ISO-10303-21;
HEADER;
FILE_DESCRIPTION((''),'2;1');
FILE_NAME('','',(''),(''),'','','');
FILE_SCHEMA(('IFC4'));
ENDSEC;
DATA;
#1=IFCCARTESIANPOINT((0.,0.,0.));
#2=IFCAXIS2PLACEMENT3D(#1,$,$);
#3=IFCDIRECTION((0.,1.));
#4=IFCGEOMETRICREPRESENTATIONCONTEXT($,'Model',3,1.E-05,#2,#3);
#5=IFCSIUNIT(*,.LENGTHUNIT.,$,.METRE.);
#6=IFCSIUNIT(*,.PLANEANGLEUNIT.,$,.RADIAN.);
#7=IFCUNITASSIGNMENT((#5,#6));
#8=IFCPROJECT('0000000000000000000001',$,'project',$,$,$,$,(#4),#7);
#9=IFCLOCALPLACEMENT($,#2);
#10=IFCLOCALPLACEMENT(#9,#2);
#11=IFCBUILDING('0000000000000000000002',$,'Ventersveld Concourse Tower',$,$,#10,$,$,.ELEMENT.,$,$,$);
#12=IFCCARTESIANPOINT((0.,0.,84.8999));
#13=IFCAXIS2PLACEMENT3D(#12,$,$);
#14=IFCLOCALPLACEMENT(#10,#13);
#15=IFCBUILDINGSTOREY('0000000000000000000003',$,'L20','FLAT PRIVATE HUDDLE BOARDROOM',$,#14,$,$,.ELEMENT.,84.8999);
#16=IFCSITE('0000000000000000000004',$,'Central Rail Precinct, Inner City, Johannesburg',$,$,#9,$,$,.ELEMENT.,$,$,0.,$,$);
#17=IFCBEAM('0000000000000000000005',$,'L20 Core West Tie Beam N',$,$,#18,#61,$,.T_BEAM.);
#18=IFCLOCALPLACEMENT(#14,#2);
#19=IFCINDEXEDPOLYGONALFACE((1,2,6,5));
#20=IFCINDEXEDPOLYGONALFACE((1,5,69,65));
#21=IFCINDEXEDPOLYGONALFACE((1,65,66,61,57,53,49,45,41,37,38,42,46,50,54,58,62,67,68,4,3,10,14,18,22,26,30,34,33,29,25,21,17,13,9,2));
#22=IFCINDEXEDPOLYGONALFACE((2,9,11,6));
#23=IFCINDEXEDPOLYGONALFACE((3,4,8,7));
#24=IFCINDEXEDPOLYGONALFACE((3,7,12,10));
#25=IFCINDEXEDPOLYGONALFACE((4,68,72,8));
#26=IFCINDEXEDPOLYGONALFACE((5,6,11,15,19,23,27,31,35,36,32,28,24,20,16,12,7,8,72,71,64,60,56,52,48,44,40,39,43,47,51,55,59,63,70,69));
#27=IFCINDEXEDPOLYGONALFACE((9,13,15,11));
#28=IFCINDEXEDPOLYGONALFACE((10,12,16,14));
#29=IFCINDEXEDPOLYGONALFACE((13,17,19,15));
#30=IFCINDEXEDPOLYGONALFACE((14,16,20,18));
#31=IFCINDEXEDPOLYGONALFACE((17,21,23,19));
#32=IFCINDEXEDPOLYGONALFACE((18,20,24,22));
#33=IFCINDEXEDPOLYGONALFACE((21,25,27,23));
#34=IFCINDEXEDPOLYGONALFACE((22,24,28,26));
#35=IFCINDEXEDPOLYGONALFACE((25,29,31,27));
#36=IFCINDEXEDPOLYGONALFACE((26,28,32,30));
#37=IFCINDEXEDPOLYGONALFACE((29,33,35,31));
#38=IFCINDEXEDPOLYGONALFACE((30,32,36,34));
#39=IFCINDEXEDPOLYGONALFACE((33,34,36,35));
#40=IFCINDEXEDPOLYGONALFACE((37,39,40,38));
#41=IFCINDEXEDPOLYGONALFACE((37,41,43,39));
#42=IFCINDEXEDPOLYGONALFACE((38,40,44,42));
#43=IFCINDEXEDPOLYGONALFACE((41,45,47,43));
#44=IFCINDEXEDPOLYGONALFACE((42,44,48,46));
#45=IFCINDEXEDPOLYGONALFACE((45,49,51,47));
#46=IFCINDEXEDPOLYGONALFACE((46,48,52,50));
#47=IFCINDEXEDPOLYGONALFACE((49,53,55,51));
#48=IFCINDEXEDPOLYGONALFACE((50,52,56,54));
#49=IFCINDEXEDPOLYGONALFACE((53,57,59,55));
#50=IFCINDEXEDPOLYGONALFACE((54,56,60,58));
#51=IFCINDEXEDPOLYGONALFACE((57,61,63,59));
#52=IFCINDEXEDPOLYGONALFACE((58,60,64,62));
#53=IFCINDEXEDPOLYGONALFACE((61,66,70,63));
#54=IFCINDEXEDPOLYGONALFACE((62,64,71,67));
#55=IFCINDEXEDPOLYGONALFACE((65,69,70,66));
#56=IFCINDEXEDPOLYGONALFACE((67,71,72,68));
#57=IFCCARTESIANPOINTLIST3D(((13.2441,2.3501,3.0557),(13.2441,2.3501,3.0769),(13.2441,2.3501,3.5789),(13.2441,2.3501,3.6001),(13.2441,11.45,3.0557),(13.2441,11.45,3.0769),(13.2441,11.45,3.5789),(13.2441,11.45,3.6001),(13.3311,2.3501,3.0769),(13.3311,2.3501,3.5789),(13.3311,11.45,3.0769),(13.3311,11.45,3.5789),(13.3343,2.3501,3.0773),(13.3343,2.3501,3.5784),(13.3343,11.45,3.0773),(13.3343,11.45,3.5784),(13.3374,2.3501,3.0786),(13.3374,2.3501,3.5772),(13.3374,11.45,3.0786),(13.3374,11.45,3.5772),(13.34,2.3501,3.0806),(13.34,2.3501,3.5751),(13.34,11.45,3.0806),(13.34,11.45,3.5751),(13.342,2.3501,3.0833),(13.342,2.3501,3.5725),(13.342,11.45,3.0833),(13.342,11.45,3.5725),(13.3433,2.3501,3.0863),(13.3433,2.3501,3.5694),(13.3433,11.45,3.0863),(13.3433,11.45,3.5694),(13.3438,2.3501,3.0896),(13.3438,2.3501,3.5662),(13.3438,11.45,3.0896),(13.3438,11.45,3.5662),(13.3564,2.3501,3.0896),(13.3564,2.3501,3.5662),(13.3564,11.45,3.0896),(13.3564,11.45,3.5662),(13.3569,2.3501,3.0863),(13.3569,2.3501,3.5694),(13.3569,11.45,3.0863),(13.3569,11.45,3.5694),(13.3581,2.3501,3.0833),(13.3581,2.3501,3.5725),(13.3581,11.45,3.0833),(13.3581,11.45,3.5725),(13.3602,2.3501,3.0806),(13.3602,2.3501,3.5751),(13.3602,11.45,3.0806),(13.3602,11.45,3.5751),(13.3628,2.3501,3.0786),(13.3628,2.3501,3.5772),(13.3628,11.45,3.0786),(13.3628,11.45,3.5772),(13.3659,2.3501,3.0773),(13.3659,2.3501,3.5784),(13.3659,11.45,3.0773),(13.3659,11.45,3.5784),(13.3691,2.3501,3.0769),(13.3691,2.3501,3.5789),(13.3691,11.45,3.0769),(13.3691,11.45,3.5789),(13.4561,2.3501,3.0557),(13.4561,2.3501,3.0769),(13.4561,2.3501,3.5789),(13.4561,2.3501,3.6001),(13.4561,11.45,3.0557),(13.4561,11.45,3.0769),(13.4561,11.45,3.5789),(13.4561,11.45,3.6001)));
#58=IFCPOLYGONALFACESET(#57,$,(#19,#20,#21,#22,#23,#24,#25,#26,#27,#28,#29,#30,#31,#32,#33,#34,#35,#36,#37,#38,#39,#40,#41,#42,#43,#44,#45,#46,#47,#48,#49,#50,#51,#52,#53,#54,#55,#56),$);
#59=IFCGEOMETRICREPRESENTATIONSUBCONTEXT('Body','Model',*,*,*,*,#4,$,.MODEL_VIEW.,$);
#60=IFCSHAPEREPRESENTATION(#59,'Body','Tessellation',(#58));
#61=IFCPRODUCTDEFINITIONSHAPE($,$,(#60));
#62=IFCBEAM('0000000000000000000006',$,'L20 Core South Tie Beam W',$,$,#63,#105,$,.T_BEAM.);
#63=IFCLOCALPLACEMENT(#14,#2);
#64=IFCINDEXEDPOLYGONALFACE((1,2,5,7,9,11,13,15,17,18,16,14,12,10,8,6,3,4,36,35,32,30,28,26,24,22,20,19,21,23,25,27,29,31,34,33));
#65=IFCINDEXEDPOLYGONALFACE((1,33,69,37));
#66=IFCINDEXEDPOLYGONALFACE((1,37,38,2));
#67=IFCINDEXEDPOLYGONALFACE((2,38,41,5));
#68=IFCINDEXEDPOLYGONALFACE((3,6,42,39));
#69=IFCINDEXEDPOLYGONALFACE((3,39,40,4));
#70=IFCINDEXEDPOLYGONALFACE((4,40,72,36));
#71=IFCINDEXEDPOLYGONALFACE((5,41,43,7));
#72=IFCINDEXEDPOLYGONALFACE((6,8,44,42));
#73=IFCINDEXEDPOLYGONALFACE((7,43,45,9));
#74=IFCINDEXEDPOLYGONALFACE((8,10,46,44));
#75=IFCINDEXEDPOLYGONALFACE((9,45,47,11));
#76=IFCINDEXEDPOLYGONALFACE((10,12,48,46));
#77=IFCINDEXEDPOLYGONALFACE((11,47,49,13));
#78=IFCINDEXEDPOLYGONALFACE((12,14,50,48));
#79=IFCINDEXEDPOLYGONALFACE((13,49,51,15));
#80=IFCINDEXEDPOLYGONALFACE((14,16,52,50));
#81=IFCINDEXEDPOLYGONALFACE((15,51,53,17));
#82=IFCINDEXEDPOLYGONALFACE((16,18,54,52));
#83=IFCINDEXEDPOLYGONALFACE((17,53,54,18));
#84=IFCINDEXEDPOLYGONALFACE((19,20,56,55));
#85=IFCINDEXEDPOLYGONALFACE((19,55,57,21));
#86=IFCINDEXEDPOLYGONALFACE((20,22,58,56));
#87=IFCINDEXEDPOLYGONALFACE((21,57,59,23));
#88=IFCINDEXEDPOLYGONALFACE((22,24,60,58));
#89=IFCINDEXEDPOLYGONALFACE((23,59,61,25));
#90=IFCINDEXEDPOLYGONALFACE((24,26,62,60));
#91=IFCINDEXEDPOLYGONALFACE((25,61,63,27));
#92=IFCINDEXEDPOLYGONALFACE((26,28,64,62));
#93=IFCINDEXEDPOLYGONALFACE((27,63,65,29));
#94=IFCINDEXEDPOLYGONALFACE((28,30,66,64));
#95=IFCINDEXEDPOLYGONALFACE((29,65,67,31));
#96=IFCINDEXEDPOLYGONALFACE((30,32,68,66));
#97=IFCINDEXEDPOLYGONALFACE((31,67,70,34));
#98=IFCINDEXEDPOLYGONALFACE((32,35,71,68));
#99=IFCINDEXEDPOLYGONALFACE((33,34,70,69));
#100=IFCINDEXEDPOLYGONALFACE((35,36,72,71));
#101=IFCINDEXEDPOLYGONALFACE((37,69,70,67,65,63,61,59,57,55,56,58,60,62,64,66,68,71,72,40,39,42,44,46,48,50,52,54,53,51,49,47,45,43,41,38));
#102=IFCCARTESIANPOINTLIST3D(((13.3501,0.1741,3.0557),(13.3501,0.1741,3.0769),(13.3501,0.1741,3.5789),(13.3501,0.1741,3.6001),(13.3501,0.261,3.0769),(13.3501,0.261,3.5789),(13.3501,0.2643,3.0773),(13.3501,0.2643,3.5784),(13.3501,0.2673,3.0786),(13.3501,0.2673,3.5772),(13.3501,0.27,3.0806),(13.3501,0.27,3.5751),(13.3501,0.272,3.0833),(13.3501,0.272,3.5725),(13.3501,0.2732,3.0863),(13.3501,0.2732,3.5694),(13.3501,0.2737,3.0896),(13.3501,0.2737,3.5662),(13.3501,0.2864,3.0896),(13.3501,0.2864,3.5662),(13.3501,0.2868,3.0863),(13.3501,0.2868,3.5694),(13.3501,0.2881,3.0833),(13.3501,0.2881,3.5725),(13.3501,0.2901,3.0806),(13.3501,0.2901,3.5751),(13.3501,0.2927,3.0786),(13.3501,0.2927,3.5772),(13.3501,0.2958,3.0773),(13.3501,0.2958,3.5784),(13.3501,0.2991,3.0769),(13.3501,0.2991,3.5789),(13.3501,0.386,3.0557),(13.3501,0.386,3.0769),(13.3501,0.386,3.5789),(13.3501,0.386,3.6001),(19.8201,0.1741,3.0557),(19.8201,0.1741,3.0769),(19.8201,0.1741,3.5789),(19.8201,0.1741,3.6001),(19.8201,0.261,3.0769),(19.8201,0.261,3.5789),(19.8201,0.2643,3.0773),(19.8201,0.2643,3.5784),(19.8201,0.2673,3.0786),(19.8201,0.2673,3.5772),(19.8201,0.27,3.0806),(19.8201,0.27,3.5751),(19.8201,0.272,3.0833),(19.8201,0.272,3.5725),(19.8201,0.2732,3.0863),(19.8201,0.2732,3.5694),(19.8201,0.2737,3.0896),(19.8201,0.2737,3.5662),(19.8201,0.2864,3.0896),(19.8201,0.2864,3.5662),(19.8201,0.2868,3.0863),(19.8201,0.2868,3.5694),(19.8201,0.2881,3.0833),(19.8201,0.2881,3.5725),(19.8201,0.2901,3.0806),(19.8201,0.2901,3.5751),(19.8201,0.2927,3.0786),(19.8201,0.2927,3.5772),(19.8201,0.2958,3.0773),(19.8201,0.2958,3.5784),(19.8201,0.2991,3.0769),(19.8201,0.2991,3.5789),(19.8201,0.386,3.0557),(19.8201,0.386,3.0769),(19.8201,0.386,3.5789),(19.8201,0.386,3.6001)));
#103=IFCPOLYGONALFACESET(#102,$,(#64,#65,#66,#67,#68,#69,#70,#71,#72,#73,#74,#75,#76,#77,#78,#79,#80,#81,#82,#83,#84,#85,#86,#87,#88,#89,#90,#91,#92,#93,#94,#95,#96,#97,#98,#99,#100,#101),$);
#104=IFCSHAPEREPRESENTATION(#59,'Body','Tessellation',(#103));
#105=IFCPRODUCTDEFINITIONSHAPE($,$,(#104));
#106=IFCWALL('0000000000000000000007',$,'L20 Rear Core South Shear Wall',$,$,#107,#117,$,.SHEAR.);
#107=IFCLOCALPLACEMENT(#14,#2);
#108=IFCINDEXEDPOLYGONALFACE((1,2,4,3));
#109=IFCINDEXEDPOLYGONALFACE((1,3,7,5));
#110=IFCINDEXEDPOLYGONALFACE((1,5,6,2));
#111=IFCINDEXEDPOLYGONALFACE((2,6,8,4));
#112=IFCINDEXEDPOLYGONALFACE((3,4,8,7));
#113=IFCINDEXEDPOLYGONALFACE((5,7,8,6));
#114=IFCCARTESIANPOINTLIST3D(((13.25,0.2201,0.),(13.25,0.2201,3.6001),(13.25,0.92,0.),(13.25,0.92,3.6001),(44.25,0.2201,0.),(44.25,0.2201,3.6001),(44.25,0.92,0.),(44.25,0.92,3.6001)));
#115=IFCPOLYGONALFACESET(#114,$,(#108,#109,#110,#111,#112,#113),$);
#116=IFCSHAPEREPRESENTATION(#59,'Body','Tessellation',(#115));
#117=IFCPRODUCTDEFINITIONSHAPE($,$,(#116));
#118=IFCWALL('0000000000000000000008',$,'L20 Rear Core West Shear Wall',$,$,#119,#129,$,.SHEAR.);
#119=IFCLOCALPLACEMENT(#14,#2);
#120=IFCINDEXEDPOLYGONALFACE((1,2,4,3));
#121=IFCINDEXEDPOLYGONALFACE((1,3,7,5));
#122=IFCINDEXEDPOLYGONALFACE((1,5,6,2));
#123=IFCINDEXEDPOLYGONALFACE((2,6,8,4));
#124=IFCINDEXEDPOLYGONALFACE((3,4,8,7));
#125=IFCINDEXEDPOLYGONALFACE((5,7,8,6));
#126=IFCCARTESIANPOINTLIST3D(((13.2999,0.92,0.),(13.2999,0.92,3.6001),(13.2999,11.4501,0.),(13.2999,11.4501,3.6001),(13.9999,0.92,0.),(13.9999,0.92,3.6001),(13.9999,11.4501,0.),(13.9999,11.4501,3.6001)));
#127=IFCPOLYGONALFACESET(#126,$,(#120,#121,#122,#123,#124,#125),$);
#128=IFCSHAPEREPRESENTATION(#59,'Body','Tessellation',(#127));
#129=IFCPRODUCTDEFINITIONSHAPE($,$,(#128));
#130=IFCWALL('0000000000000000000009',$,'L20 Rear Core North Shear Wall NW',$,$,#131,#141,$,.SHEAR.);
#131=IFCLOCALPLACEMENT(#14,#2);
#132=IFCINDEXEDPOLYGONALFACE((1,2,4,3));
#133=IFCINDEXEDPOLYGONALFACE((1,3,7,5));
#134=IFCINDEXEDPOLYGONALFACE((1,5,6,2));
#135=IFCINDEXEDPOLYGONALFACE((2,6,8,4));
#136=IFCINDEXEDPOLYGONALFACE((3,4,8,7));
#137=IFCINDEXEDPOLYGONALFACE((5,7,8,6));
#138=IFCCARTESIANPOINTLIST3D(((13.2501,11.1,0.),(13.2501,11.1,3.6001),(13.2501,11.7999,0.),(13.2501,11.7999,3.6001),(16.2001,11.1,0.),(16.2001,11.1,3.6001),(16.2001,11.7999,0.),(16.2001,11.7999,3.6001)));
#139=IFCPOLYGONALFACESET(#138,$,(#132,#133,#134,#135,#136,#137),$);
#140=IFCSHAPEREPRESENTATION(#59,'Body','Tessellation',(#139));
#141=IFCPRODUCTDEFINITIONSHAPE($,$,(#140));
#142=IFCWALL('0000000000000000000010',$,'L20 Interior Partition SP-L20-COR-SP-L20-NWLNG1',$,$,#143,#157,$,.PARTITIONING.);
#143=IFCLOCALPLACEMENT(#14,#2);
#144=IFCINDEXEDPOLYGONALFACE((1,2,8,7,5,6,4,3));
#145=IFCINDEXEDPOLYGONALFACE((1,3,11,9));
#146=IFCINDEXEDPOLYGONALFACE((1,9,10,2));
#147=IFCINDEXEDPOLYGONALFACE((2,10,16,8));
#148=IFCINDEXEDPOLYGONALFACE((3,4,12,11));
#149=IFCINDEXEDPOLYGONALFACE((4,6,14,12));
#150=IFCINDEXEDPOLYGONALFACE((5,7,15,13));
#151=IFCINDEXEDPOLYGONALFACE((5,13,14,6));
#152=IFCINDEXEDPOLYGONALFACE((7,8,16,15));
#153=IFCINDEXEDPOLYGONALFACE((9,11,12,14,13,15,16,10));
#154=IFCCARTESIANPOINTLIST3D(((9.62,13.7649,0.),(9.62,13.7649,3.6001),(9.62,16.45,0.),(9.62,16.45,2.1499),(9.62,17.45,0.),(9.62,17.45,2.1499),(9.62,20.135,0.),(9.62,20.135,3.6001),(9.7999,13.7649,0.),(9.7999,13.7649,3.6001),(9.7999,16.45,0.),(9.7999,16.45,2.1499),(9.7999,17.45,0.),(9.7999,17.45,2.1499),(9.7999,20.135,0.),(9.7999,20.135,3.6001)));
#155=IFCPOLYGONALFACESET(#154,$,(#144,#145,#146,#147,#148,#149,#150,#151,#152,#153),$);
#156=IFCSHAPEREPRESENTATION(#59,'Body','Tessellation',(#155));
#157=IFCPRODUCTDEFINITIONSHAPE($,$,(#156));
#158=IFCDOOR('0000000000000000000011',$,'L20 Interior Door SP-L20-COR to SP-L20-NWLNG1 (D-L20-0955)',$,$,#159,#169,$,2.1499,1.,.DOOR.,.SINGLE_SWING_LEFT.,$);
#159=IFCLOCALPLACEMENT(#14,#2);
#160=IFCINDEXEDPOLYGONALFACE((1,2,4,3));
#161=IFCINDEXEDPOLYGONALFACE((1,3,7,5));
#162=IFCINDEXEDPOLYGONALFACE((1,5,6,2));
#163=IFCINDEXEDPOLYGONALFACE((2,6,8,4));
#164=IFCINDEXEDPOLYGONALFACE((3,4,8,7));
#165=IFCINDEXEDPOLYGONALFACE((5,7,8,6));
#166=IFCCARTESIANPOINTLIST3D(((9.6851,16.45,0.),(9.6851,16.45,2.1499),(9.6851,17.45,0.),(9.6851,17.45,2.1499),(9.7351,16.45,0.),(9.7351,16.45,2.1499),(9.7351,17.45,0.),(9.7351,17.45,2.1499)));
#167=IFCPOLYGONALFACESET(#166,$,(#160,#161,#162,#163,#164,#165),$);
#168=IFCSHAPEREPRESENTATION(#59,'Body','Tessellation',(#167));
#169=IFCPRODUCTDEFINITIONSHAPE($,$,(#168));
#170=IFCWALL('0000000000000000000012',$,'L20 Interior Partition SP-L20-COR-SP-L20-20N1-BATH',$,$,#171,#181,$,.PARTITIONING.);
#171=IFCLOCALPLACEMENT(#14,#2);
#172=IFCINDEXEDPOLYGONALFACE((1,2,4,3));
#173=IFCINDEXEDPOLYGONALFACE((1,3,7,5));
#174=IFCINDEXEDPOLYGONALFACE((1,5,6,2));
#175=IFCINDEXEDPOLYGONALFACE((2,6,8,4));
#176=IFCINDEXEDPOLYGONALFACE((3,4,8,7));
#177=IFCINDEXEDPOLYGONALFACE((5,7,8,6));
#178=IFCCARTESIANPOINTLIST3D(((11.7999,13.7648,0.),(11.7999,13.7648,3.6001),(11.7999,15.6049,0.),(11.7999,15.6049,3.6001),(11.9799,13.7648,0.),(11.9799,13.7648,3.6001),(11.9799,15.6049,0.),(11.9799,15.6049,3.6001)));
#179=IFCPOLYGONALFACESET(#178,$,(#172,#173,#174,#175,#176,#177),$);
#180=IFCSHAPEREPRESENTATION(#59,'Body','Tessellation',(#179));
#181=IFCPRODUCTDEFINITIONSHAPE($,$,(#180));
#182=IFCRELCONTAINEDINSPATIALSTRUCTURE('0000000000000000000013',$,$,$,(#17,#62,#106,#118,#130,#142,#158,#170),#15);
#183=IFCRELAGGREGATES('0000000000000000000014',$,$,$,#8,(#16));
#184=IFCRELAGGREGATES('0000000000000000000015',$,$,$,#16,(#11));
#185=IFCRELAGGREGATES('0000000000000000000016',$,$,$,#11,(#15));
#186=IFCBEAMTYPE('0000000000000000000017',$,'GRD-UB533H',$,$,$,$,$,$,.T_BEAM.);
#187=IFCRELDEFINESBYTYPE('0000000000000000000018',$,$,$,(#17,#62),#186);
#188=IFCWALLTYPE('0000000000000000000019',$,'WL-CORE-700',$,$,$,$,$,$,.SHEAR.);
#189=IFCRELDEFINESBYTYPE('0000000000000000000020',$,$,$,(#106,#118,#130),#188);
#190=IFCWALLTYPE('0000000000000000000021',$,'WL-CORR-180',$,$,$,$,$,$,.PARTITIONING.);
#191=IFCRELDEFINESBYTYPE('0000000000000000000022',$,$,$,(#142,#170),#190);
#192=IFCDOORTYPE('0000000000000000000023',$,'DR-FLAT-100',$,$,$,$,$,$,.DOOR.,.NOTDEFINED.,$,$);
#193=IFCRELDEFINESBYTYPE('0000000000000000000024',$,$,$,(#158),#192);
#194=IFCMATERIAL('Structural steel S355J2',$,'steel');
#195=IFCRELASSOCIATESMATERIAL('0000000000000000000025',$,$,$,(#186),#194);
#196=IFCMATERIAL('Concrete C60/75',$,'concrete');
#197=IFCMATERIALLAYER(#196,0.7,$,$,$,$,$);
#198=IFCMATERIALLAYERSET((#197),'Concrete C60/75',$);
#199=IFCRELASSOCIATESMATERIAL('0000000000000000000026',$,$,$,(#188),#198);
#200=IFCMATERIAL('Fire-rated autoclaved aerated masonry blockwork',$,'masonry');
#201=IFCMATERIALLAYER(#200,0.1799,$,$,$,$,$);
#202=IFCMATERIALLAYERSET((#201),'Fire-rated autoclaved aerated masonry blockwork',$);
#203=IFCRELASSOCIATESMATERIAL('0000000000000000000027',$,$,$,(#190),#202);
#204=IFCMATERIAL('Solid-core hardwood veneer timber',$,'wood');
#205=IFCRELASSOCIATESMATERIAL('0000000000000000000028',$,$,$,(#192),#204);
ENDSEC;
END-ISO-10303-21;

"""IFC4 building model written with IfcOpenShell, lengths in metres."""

from ifc_helpers import new_model, si_unit, direction, frame, frame_2d, origin, origin_2d, place, context, subcontext, project, spatial, rectangle, i_section, extrude, material, layer, layer_set, material_profile, profile_set, type_object, element, fill, save


model = new_model("IFC4")

# Units and contexts
model_context = context("Model", 3, precision=1e-05, world=origin(), true_north=direction((0.0, 1.0)))
body_context = subcontext(model_context, "Body", "Model", "MODEL_VIEW")
ifc_project = project(units=[si_unit("LENGTHUNIT", "METRE"), si_unit("PLANEANGLEUNIT", "RADIAN")], contexts=[model_context])

# Site, building, storey
site_placement = place(None, origin())
site = spatial("IfcSite", under=ifc_project, at=site_placement, Name="Central Rail Precinct, Inner City, Johannesburg", CompositionType="ELEMENT", RefElevation=0.0)
building_placement = place(site_placement, origin())
building = spatial("IfcBuilding", under=site, at=building_placement, Name="Ventersveld Concourse Tower", CompositionType="ELEMENT")
storey_placement = place(building_placement, frame((0.0, 0.0, 84.8999)))
storey = spatial("IfcBuildingStorey", under=building, at=storey_placement, Name="L20", Description="FLAT PRIVATE HUDDLE BOARDROOM", CompositionType="ELEMENT", Elevation=84.8999)

# Beams
ifc_material_1 = material(Name="Structural steel S355J2", Category="steel")
ifc_material_profile_1 = material_profile(ifc_material_1, i_section(OverallWidth=0.2119, OverallDepth=0.5444, WebThickness=0.0127, FlangeThickness=0.0212, FilletRadius=0.0127, at=origin_2d()), Name="UB 533x210x122")
ifc_profile_set_1 = profile_set([ifc_material_profile_1], Name="Structural steel S355J2")
beam_type_1 = type_object("IfcBeamType", Name="GRD-UB533H", PredefinedType="T_BEAM", material=ifc_profile_set_1)
beam_1_placement = place(storey_placement, frame((13.3501, 2.3501, 3.3279), z_axis=(0.0, 1.0, 0.0), x_axis=(-1.0, 0.0, 0.0)))
element("IfcBeam", 1, at=beam_1_placement, inside=storey, type_object=beam_type_1, Name="L20 Core West Tie Beam N", PredefinedType="T_BEAM", context=body_context, shape_type="SweptSolid", body=[
    extrude(i_section(OverallWidth=0.2119, OverallDepth=0.5444, WebThickness=0.0127, FlangeThickness=0.0212, FilletRadius=0.0127, at=origin_2d()), origin(), (0.0, 0.0, 1.0), 9.0999),
])
beam_2_placement = place(storey_placement, frame((13.3501, 0.28, 3.3279), z_axis=(1.0, 0.0, 0.0), x_axis=(0.0, 1.0, 0.0)))
element("IfcBeam", 2, at=beam_2_placement, inside=storey, type_object=beam_type_1, Name="L20 Core South Tie Beam W", PredefinedType="T_BEAM", context=body_context, shape_type="SweptSolid", body=[
    extrude(i_section(OverallWidth=0.2119, OverallDepth=0.5444, WebThickness=0.0127, FlangeThickness=0.0212, FilletRadius=0.0127, at=origin_2d()), origin(), (0.0, 0.0, 1.0), 6.47),
])

# Walls
ifc_material_2 = material(Name="Concrete C60/75", Category="concrete")
ifc_layer_1 = layer(ifc_material_2, 0.7)
ifc_layer_set_1 = layer_set([ifc_layer_1], Name="Concrete C60/75")
wall_type_1 = type_object("IfcWallType", Name="WL-CORE-700", PredefinedType="SHEAR", material=ifc_layer_set_1)
wall_1_placement = place(storey_placement, frame((13.25, 0.5701, 0.0), z_axis=(0.0, 0.0, 1.0), x_axis=(1.0, 0.0, 0.0)))
element("IfcWall", 3, at=wall_1_placement, inside=storey, type_object=wall_type_1, Name="L20 Rear Core South Shear Wall", PredefinedType="SHEAR", context=body_context, shape_type="SweptSolid", body=[
    extrude(rectangle(XDim=31.0, YDim=0.7, at=frame_2d((15.5, 0.0))), origin(), (0.0, 0.0, 1.0), 3.6001),
])
wall_2_placement = place(storey_placement, frame((13.6499, 0.9199, 0.0), z_axis=(0.0, 0.0, 1.0), x_axis=(0.0, 1.0, 0.0)))
element("IfcWall", 4, at=wall_2_placement, inside=storey, type_object=wall_type_1, Name="L20 Rear Core West Shear Wall", PredefinedType="SHEAR", context=body_context, shape_type="SweptSolid", body=[
    extrude(rectangle(XDim=10.53, YDim=0.7, at=frame_2d((5.2651, 0.0))), origin(), (0.0, 0.0, 1.0), 3.6001),
])
wall_3_placement = place(storey_placement, frame((13.25, 11.45, 0.0), z_axis=(0.0, 0.0, 1.0), x_axis=(1.0, 0.0, 0.0)))
element("IfcWall", 5, at=wall_3_placement, inside=storey, type_object=wall_type_1, Name="L20 Rear Core North Shear Wall NW", PredefinedType="SHEAR", context=body_context, shape_type="SweptSolid", body=[
    extrude(rectangle(XDim=2.95, YDim=0.7, at=frame_2d((1.4751, 0.0))), origin(), (0.0, 0.0, 1.0), 3.6001),
])

# Wall, opening, door
ifc_material_3 = material(Name="Fire-rated autoclaved aerated masonry blockwork", Category="masonry")
ifc_layer_2 = layer(ifc_material_3, 0.1799)
ifc_layer_set_2 = layer_set([ifc_layer_2], Name="Fire-rated autoclaved aerated masonry blockwork")
wall_type_2 = type_object("IfcWallType", Name="WL-CORR-180", PredefinedType="PARTITIONING", material=ifc_layer_set_2)
wall_4_placement = place(storey_placement, frame((9.71, 13.7649, 0.0), z_axis=(0.0, 0.0, 1.0), x_axis=(0.0, 1.0, 0.0)))
wall_4 = element("IfcWall", 6, at=wall_4_placement, inside=storey, type_object=wall_type_2, Name="L20 Interior Partition SP-L20-COR-SP-L20-NWLNG1", PredefinedType="PARTITIONING", context=body_context, shape_type="SweptSolid", body=[
    extrude(rectangle(XDim=6.3701, YDim=0.1799, at=frame_2d((3.1851, 0.0))), origin(), (0.0, 0.0, 1.0), 3.6001),
])
opening_1_placement = place(wall_4_placement, frame((2.6851, 0.0, 0.0)))
opening_1 = element("IfcOpeningElement", 7, at=opening_1_placement, cuts=wall_4, PredefinedType="OPENING", context=body_context, shape_type="SweptSolid", body=[
    extrude(rectangle(XDim=1.0, YDim=2.1499, at=frame_2d((0.5, 1.075))), frame((0.0, 0.1001, 0.0), z_axis=(0.0, -1.0, 0.0), x_axis=(1.0, 0.0, 0.0)), (0.0, 0.0, 1.0), 0.2),
])
ifc_material_4 = material(Name="Solid-core hardwood veneer timber", Category="wood")
door_type_1 = type_object("IfcDoorType", Name="DR-FLAT-100", OperationType="NOTDEFINED", PredefinedType="DOOR", material=ifc_material_4)
door_1_placement = place(opening_1_placement, origin())
door_1 = element("IfcDoor", 8, at=door_1_placement, inside=storey, type_object=door_type_1, Name="L20 Interior Door SP-L20-COR to SP-L20-NWLNG1 (D-L20-0955)", OperationType="SINGLE_SWING_LEFT", OverallHeight=2.1499, OverallWidth=1.0, PredefinedType="DOOR", context=body_context, shape_type="SweptSolid", body=[
    extrude(rectangle(XDim=1.0, YDim=2.1499, at=frame_2d((0.5, 1.075))), frame((0.0, 0.0249, 0.0), z_axis=(0.0, -1.0, 0.0), x_axis=(1.0, 0.0, 0.0)), (0.0, 0.0, 1.0), 0.05),
])
fill(opening_1, door_1)

# Wall
wall_5_placement = place(storey_placement, frame((11.8899, 13.7649, 0.0), z_axis=(0.0, 0.0, 1.0), x_axis=(0.0, 1.0, 0.0)))
element("IfcWall", 9, at=wall_5_placement, inside=storey, type_object=wall_type_2, Name="L20 Interior Partition SP-L20-COR-SP-L20-20N1-BATH", PredefinedType="PARTITIONING", context=body_context, shape_type="SweptSolid", body=[
    extrude(rectangle(XDim=1.8401, YDim=0.1799, at=frame_2d((0.9199, 0.0))), origin(), (0.0, 0.0, 1.0), 3.6001),
])

save(model, "model.ifc")
